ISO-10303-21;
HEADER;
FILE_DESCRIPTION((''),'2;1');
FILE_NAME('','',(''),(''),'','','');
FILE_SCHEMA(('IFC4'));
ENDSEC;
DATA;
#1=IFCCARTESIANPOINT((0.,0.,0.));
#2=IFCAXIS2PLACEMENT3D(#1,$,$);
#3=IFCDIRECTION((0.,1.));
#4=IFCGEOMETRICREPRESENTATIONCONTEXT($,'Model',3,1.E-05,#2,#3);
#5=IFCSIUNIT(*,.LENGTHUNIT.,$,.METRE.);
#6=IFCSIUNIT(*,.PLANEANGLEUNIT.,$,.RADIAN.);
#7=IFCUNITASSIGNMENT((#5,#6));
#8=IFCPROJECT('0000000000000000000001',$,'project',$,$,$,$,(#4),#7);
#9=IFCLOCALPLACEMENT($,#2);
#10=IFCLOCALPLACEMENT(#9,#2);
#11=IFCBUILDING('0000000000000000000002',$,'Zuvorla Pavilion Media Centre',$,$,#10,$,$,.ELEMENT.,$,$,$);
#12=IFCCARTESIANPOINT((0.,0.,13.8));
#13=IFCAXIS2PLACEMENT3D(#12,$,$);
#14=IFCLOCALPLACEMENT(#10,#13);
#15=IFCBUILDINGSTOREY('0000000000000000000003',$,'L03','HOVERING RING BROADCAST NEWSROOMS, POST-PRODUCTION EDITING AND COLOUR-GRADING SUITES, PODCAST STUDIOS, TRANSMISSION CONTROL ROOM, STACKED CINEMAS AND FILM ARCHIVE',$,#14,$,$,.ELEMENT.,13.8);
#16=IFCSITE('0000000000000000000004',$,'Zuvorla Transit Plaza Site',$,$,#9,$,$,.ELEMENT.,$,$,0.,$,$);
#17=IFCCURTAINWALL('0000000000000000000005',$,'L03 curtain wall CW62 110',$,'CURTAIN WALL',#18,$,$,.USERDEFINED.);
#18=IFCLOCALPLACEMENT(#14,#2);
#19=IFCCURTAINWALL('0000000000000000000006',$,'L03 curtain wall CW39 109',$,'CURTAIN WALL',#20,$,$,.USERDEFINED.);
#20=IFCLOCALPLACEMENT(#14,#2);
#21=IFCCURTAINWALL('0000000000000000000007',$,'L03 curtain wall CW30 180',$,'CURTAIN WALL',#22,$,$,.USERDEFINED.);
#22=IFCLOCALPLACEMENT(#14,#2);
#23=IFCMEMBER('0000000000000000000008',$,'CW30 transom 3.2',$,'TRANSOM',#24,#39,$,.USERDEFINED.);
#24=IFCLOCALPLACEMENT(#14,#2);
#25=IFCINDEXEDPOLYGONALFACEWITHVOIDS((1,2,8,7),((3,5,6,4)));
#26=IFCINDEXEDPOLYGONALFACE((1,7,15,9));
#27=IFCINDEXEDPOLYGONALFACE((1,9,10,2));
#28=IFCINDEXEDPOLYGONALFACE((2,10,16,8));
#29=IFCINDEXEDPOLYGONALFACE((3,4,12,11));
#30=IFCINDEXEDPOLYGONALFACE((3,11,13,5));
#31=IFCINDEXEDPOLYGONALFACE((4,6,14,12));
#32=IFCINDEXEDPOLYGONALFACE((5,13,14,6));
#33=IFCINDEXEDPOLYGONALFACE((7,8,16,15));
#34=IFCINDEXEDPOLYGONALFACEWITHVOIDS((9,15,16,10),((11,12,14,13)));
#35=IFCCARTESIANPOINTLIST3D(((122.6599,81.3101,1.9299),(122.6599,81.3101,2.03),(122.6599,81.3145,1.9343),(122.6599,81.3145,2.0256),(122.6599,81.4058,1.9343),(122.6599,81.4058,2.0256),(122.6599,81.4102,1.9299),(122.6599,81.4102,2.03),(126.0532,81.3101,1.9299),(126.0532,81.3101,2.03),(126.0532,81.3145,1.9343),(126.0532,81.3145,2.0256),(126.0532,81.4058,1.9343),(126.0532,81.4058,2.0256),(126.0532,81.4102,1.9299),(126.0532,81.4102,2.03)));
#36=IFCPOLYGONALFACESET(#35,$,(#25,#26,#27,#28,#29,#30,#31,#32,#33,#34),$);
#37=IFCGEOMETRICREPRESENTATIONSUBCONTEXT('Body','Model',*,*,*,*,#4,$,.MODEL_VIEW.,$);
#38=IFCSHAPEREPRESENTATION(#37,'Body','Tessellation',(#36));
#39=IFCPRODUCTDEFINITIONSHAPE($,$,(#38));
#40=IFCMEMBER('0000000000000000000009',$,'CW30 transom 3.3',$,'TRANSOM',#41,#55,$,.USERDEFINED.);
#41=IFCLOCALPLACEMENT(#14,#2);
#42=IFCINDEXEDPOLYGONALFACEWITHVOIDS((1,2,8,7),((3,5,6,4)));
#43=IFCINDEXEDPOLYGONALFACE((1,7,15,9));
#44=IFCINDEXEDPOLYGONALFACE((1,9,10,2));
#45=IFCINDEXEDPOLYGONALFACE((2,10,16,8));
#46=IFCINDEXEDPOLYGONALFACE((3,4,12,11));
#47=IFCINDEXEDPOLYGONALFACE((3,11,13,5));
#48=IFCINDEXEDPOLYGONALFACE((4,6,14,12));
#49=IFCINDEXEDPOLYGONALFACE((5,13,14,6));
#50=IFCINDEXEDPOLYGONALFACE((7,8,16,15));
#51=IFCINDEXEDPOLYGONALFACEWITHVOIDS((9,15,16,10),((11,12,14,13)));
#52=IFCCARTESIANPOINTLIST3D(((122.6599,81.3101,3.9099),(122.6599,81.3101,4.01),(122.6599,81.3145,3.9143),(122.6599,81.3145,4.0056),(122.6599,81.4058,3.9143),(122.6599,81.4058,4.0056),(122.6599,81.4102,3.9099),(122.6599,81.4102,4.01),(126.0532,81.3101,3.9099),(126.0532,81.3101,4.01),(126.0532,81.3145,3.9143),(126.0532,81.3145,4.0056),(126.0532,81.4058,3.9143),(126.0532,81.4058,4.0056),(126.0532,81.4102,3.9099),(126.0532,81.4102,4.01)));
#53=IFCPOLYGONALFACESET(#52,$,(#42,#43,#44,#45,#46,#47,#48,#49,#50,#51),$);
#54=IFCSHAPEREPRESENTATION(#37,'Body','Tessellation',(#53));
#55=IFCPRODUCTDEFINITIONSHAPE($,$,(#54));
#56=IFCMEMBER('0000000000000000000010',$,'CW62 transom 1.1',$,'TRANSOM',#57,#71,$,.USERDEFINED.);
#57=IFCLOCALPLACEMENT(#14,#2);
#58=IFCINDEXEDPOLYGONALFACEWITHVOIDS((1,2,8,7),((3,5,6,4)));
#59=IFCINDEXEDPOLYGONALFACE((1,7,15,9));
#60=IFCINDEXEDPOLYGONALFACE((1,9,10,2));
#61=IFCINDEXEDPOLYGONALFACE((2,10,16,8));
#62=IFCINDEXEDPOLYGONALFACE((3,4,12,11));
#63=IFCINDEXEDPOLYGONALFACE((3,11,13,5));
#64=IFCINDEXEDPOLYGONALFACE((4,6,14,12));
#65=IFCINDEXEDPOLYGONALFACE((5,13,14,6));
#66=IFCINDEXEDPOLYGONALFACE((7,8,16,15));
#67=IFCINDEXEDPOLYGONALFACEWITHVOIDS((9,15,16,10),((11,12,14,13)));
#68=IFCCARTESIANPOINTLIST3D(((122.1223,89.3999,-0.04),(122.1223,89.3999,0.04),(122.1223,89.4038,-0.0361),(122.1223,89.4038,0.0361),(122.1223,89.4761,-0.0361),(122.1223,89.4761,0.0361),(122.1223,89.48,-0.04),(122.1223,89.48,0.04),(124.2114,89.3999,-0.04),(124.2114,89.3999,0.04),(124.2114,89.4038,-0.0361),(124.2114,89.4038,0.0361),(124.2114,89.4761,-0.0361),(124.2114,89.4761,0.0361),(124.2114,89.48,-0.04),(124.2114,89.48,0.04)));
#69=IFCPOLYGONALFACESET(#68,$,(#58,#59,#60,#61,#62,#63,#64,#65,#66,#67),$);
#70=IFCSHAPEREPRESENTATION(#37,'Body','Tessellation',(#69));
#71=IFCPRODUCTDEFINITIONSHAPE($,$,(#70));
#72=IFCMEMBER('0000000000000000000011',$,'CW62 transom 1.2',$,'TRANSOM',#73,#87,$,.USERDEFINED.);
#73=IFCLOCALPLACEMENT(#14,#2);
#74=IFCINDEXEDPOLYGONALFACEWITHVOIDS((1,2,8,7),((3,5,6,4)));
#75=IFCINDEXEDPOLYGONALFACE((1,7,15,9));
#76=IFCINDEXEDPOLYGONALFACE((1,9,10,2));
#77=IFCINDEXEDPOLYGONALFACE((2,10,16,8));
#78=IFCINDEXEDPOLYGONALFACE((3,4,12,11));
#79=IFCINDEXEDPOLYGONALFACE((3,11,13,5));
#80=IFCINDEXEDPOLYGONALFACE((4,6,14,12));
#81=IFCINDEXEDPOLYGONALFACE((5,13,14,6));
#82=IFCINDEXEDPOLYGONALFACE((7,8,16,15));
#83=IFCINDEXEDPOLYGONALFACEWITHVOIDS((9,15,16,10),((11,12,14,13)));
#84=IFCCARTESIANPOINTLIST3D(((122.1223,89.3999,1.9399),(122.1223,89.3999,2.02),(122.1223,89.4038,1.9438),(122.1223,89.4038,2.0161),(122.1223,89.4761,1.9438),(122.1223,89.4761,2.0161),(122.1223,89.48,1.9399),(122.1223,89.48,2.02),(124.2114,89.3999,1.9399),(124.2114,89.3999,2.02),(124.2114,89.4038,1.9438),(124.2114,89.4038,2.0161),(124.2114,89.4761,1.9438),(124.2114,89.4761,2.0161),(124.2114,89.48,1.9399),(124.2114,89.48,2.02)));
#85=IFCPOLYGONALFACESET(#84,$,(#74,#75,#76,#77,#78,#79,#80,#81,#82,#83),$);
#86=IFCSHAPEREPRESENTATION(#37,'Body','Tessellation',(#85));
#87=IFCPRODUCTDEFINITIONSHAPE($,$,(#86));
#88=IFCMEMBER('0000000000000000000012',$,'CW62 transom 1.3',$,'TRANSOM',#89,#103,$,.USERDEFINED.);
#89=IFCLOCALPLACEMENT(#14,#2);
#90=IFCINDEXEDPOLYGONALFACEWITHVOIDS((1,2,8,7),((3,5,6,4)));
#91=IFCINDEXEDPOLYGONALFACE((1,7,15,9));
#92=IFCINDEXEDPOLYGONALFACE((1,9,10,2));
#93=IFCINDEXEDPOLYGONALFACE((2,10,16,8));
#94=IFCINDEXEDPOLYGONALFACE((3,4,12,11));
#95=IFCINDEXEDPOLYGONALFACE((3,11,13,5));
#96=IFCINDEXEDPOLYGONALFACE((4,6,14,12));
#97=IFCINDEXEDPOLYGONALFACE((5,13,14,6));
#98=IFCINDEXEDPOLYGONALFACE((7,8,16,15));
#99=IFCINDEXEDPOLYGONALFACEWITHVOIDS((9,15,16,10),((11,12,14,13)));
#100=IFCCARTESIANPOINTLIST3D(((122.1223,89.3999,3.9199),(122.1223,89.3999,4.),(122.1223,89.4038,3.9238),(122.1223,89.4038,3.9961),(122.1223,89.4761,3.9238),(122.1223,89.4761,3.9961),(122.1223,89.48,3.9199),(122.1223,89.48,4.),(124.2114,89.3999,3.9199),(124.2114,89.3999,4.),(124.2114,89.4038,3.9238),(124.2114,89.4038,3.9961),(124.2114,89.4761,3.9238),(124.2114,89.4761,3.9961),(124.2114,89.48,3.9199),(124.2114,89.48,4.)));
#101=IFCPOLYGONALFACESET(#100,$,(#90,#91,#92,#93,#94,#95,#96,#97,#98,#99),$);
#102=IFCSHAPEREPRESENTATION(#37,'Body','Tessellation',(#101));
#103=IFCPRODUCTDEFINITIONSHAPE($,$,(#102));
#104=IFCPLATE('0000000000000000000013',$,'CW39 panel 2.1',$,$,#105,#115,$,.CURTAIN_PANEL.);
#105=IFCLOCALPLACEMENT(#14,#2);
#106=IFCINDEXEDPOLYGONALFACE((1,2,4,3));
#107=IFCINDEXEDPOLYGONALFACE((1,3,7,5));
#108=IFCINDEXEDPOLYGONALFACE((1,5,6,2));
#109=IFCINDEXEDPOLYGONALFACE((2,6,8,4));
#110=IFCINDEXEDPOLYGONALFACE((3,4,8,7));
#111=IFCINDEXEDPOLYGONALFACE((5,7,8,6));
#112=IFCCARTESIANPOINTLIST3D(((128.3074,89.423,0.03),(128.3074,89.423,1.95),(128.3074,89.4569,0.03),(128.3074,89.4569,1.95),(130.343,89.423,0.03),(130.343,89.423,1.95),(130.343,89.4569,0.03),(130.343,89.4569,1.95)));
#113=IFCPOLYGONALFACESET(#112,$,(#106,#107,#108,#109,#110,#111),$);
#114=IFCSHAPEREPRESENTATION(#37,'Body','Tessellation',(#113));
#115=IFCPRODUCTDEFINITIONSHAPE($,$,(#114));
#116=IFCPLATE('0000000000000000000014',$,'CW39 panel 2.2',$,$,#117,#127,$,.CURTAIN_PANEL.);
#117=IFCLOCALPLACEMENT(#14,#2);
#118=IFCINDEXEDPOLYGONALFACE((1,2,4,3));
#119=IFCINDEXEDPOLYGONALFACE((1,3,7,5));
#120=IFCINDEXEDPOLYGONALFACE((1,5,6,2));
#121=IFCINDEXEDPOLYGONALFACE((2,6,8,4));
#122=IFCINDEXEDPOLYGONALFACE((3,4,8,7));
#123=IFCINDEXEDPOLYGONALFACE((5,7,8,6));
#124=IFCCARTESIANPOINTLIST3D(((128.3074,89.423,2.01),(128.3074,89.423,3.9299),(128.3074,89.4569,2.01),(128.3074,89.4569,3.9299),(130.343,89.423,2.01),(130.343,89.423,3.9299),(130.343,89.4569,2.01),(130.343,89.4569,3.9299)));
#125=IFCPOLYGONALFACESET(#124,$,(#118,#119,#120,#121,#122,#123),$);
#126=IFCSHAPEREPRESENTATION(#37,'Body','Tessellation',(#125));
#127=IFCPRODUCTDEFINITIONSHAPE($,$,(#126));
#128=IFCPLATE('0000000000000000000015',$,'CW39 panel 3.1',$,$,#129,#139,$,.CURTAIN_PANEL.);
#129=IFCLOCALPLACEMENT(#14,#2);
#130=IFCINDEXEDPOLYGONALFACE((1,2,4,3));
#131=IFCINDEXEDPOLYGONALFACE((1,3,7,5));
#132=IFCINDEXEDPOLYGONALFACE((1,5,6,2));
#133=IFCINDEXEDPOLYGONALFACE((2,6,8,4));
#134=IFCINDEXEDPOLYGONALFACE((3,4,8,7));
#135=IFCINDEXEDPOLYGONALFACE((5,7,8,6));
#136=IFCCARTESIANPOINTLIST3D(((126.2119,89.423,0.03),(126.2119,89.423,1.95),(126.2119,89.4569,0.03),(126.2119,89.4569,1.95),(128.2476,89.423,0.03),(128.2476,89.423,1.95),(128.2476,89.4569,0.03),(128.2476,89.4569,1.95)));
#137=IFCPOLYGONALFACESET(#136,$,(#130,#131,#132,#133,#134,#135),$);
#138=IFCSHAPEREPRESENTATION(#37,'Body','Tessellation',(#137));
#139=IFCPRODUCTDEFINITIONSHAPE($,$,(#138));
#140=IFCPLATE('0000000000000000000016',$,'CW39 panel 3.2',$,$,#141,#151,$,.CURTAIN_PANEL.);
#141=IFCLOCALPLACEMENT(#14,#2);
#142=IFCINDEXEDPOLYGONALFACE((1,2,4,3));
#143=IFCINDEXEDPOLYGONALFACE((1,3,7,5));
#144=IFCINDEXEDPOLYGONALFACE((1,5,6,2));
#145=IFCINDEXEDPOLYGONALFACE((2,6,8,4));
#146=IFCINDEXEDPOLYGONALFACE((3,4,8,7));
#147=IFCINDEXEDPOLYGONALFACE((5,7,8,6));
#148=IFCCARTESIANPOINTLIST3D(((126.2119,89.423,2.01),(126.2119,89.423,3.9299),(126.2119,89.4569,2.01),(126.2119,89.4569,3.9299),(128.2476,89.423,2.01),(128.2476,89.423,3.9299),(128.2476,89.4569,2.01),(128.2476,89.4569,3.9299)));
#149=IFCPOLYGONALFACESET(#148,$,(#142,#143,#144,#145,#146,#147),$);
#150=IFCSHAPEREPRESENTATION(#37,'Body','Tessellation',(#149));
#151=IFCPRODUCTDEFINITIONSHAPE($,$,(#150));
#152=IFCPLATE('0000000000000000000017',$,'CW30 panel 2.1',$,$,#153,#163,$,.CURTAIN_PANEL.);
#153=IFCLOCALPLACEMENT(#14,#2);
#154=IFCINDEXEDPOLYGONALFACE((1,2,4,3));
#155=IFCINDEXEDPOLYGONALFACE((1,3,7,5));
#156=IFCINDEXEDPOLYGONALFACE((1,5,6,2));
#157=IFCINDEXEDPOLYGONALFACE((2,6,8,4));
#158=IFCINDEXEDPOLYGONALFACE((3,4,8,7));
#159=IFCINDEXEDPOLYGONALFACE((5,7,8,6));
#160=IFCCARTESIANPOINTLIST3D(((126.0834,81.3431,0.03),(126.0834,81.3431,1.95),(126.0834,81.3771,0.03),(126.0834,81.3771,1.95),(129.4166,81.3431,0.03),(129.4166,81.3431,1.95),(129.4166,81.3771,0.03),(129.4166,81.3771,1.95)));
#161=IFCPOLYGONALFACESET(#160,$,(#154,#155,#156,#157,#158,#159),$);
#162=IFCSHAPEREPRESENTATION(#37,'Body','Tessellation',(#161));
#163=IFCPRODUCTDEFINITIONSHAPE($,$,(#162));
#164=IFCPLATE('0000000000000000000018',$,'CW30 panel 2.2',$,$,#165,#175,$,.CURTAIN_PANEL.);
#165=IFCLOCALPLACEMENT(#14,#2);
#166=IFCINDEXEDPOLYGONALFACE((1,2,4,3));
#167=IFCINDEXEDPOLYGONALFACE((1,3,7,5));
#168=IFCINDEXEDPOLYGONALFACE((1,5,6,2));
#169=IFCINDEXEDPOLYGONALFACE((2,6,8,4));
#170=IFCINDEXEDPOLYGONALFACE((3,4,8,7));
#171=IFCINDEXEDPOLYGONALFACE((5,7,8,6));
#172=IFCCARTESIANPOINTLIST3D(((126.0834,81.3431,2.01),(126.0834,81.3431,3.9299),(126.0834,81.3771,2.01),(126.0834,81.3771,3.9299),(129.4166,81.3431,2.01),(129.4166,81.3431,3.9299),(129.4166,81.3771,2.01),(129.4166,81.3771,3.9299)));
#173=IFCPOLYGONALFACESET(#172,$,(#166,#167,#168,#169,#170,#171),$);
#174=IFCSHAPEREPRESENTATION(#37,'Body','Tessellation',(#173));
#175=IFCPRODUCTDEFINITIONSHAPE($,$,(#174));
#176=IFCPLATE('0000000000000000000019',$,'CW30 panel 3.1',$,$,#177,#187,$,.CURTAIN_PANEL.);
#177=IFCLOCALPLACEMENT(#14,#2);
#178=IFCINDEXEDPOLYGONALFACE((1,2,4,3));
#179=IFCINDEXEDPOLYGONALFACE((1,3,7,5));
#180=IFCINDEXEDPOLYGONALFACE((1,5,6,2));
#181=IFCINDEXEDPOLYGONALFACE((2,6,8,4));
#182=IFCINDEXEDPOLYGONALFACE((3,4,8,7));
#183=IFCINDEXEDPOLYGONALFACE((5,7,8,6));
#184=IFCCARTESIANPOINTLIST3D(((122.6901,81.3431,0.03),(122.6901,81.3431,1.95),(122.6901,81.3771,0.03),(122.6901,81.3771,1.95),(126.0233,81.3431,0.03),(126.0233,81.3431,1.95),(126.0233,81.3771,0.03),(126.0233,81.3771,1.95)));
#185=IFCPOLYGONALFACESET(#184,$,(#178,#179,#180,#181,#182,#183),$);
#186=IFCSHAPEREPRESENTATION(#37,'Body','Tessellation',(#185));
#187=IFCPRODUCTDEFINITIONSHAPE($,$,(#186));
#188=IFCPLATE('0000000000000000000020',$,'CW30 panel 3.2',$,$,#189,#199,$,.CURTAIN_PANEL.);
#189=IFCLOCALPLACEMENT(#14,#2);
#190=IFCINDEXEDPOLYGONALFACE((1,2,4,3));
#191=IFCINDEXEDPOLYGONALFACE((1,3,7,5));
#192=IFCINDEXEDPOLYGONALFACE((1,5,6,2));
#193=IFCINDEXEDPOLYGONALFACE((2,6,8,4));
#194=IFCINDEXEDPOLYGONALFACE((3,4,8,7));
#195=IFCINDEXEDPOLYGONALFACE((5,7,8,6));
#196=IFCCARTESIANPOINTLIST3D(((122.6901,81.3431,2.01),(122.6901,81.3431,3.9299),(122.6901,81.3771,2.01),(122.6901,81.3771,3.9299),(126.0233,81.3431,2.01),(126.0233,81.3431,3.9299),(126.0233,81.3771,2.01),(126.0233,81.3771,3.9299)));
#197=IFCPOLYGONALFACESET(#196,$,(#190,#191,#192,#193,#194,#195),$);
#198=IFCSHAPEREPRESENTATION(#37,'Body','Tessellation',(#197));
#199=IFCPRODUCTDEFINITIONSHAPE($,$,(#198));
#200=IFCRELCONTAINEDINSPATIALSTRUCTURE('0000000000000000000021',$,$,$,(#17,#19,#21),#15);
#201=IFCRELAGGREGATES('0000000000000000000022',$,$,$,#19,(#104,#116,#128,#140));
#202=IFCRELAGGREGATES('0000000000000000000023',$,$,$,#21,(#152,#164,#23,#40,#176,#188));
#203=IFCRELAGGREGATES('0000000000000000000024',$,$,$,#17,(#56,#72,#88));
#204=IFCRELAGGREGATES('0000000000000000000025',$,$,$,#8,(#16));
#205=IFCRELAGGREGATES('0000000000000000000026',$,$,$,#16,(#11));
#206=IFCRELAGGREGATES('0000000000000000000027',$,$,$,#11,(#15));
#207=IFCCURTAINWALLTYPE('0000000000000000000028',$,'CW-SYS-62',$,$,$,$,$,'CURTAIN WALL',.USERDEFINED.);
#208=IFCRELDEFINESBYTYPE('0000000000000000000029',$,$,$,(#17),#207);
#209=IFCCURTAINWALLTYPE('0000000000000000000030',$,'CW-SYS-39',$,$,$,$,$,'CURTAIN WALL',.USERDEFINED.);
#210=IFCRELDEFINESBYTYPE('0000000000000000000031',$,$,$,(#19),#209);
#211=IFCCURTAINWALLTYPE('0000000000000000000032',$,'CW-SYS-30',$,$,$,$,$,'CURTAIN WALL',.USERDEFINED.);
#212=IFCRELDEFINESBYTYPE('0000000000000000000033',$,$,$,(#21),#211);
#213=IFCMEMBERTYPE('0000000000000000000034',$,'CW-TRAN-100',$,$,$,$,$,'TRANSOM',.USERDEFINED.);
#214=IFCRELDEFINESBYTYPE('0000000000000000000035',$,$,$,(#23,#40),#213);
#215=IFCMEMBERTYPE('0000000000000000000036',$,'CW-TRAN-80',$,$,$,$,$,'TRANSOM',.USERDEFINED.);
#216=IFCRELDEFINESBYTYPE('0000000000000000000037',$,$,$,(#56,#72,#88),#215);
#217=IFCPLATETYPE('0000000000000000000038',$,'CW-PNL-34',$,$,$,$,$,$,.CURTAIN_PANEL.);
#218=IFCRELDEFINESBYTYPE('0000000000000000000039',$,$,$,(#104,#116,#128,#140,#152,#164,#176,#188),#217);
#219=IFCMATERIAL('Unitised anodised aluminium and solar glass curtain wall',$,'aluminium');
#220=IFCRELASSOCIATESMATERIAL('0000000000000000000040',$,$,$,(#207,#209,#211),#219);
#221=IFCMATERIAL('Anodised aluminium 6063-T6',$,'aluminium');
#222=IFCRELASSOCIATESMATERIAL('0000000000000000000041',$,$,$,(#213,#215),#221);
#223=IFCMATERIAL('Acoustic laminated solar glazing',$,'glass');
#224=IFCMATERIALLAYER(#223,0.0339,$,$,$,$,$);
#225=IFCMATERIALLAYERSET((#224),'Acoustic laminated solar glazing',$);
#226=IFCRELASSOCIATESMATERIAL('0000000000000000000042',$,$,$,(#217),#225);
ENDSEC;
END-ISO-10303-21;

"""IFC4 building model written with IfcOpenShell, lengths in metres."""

from ifc_helpers import new_model, si_unit, direction, frame, origin, origin_2d, place, context, subcontext, project, spatial, rectangle, hollow_rectangle, extrude, material, layer, layer_set, material_profile, profile_set, type_object, element, aggregate, save


model = new_model("IFC4")

# Units and contexts
model_context = context("Model", 3, precision=1e-05, world=origin(), true_north=direction((0.0, 1.0)))
body_context = subcontext(model_context, "Body", "Model", "MODEL_VIEW")
ifc_project = project(units=[si_unit("LENGTHUNIT", "METRE"), si_unit("PLANEANGLEUNIT", "RADIAN")], contexts=[model_context])

# Site, building, storey
site_placement = place(None, origin())
site = spatial("IfcSite", under=ifc_project, at=site_placement, Name="Zuvorla Transit Plaza Site", CompositionType="ELEMENT", RefElevation=0.0)
building_placement = place(site_placement, origin())
building = spatial("IfcBuilding", under=site, at=building_placement, Name="Zuvorla Pavilion Media Centre", CompositionType="ELEMENT")
storey_placement = place(building_placement, frame((0.0, 0.0, 13.8)))
storey = spatial("IfcBuildingStorey", under=building, at=storey_placement, Name="L03", Description="HOVERING RING BROADCAST NEWSROOMS, POST-PRODUCTION EDITING AND COLOUR-GRADING SUITES, PODCAST STUDIOS, TRANSMISSION CONTROL ROOM, STACKED CINEMAS AND FILM ARCHIVE", CompositionType="ELEMENT", Elevation=13.8)

# Curtain wall
ifc_material_1 = material(Name="Unitised anodised aluminium and solar glass curtain wall", Category="aluminium")
curtain_wall_type_1 = type_object("IfcCurtainWallType", Name="CW-SYS-62", ElementType="CURTAIN WALL", PredefinedType="USERDEFINED", material=ifc_material_1)
curtain_wall_1_placement = place(storey_placement, origin())
curtain_wall_1 = element("IfcCurtainWall", 1, at=curtain_wall_1_placement, inside=storey, type_object=curtain_wall_type_1, Name="L03 curtain wall CW62 110", ObjectType="CURTAIN WALL", PredefinedType="USERDEFINED")
ifc_material_2 = material(Name="Anodised aluminium 6063-T6", Category="aluminium")

# Curtain walls
curtain_wall_type_2 = type_object("IfcCurtainWallType", Name="CW-SYS-39", ElementType="CURTAIN WALL", PredefinedType="USERDEFINED", material=ifc_material_1)
curtain_wall_2_placement = place(storey_placement, origin())
curtain_wall_2 = element("IfcCurtainWall", 2, at=curtain_wall_2_placement, inside=storey, type_object=curtain_wall_type_2, Name="L03 curtain wall CW39 109", ObjectType="CURTAIN WALL", PredefinedType="USERDEFINED")
curtain_wall_type_3 = type_object("IfcCurtainWallType", Name="CW-SYS-30", ElementType="CURTAIN WALL", PredefinedType="USERDEFINED", material=ifc_material_1)
curtain_wall_3_placement = place(storey_placement, origin())
curtain_wall_3 = element("IfcCurtainWall", 3, at=curtain_wall_3_placement, inside=storey, type_object=curtain_wall_type_3, Name="L03 curtain wall CW30 180", ObjectType="CURTAIN WALL", PredefinedType="USERDEFINED")

# Members
ifc_material_profile_1 = material_profile(ifc_material_2, hollow_rectangle(XDim=0.1001, YDim=0.1001, WallThickness=0.0044, at=origin_2d()), Name="ALU TRAN 100x100")
ifc_profile_set_1 = profile_set([ifc_material_profile_1], Name="Anodised aluminium 6063-T6")
member_type_1 = type_object("IfcMemberType", Name="CW-TRAN-100", ElementType="TRANSOM", PredefinedType="USERDEFINED", material=ifc_profile_set_1)
member_1_placement = place(storey_placement, frame((126.0532, 81.3601, 1.98), z_axis=(-1.0, 0.0, 0.0), x_axis=(0.0, -1.0, 0.0)))
member_1 = element("IfcMember", 4, at=member_1_placement, type_object=member_type_1, Name="CW30 transom 3.2", ObjectType="TRANSOM", PredefinedType="USERDEFINED", context=body_context, shape_type="SweptSolid", body=[
    extrude(hollow_rectangle(XDim=0.1001, YDim=0.1001, WallThickness=0.0044, at=origin_2d()), origin(), (0.0, 0.0, 1.0), 3.3933),
])
member_2_placement = place(storey_placement, frame((126.0532, 81.3601, 3.96), z_axis=(-1.0, 0.0, 0.0), x_axis=(0.0, -1.0, 0.0)))
member_2 = element("IfcMember", 5, at=member_2_placement, type_object=member_type_1, Name="CW30 transom 3.3", ObjectType="TRANSOM", PredefinedType="USERDEFINED", context=body_context, shape_type="SweptSolid", body=[
    extrude(hollow_rectangle(XDim=0.1001, YDim=0.1001, WallThickness=0.0044, at=origin_2d()), origin(), (0.0, 0.0, 1.0), 3.3933),
])
ifc_material_profile_2 = material_profile(ifc_material_2, hollow_rectangle(XDim=0.0801, YDim=0.0801, WallThickness=0.0039, at=origin_2d()), Name="ALU TRAN 80x80")
ifc_profile_set_2 = profile_set([ifc_material_profile_2], Name="Anodised aluminium 6063-T6")
member_type_2 = type_object("IfcMemberType", Name="CW-TRAN-80", ElementType="TRANSOM", PredefinedType="USERDEFINED", material=ifc_profile_set_2)
member_3_placement = place(storey_placement, frame((124.2114, 89.4399, 0.0), z_axis=(-1.0, 0.0, 0.0), x_axis=(0.0, -1.0, 0.0)))
member_3 = element("IfcMember", 6, at=member_3_placement, type_object=member_type_2, Name="CW62 transom 1.1", ObjectType="TRANSOM", PredefinedType="USERDEFINED", context=body_context, shape_type="SweptSolid", body=[
    extrude(hollow_rectangle(XDim=0.0801, YDim=0.0801, WallThickness=0.0039, at=origin_2d()), origin(), (0.0, 0.0, 1.0), 2.0891),
])
member_4_placement = place(storey_placement, frame((124.2114, 89.4399, 1.98), z_axis=(-1.0, 0.0, 0.0), x_axis=(0.0, -1.0, 0.0)))
member_4 = element("IfcMember", 7, at=member_4_placement, type_object=member_type_2, Name="CW62 transom 1.2", ObjectType="TRANSOM", PredefinedType="USERDEFINED", context=body_context, shape_type="SweptSolid", body=[
    extrude(hollow_rectangle(XDim=0.0801, YDim=0.0801, WallThickness=0.0039, at=origin_2d()), origin(), (0.0, 0.0, 1.0), 2.0891),
])
member_5_placement = place(storey_placement, frame((124.2114, 89.4399, 3.96), z_axis=(-1.0, 0.0, 0.0), x_axis=(0.0, -1.0, 0.0)))
member_5 = element("IfcMember", 8, at=member_5_placement, type_object=member_type_2, Name="CW62 transom 1.3", ObjectType="TRANSOM", PredefinedType="USERDEFINED", context=body_context, shape_type="SweptSolid", body=[
    extrude(hollow_rectangle(XDim=0.0801, YDim=0.0801, WallThickness=0.0039, at=origin_2d()), origin(), (0.0, 0.0, 1.0), 2.0891),
])

# Plates
ifc_material_3 = material(Name="Acoustic laminated solar glazing", Category="glass")
ifc_layer_1 = layer(ifc_material_3, 0.0339)
ifc_layer_set_1 = layer_set([ifc_layer_1], Name="Acoustic laminated solar glazing")
plate_type_1 = type_object("IfcPlateType", Name="CW-PNL-34", PredefinedType="CURTAIN_PANEL", material=ifc_layer_set_1)
plate_1_placement = place(storey_placement, frame((129.3252, 89.4399, 0.03), z_axis=(0.0, 0.0, 1.0), x_axis=(-1.0, 0.0, 0.0)))
plate_1 = element("IfcPlate", 9, at=plate_1_placement, type_object=plate_type_1, Name="CW39 panel 2.1", PredefinedType="CURTAIN_PANEL", context=body_context, shape_type="SweptSolid", body=[
    extrude(rectangle(XDim=2.0356, YDim=0.0339, at=origin_2d()), origin(), (0.0, 0.0, 1.0), 1.9199),
])
plate_2_placement = place(storey_placement, frame((129.3252, 89.4399, 2.01), z_axis=(0.0, 0.0, 1.0), x_axis=(-1.0, 0.0, 0.0)))
plate_2 = element("IfcPlate", 10, at=plate_2_placement, type_object=plate_type_1, Name="CW39 panel 2.2", PredefinedType="CURTAIN_PANEL", context=body_context, shape_type="SweptSolid", body=[
    extrude(rectangle(XDim=2.0356, YDim=0.0339, at=origin_2d()), origin(), (0.0, 0.0, 1.0), 1.9199),
])
plate_3_placement = place(storey_placement, frame((127.2297, 89.4399, 0.03), z_axis=(0.0, 0.0, 1.0), x_axis=(-1.0, 0.0, 0.0)))
plate_3 = element("IfcPlate", 11, at=plate_3_placement, type_object=plate_type_1, Name="CW39 panel 3.1", PredefinedType="CURTAIN_PANEL", context=body_context, shape_type="SweptSolid", body=[
    extrude(rectangle(XDim=2.0356, YDim=0.0339, at=origin_2d()), origin(), (0.0, 0.0, 1.0), 1.9199),
])
plate_4_placement = place(storey_placement, frame((127.2297, 89.4399, 2.01), z_axis=(0.0, 0.0, 1.0), x_axis=(-1.0, 0.0, 0.0)))
plate_4 = element("IfcPlate", 12, at=plate_4_placement, type_object=plate_type_1, Name="CW39 panel 3.2", PredefinedType="CURTAIN_PANEL", context=body_context, shape_type="SweptSolid", body=[
    extrude(rectangle(XDim=2.0356, YDim=0.0339, at=origin_2d()), origin(), (0.0, 0.0, 1.0), 1.9199),
])
aggregate(curtain_wall_2, [plate_1, plate_2, plate_3, plate_4])
plate_5_placement = place(storey_placement, frame((127.75, 81.3601, 0.03), z_axis=(0.0, 0.0, 1.0), x_axis=(-1.0, 0.0, 0.0)))
plate_5 = element("IfcPlate", 13, at=plate_5_placement, type_object=plate_type_1, Name="CW30 panel 2.1", PredefinedType="CURTAIN_PANEL", context=body_context, shape_type="SweptSolid", body=[
    extrude(rectangle(XDim=3.3333, YDim=0.0339, at=origin_2d()), origin(), (0.0, 0.0, 1.0), 1.9199),
])
plate_6_placement = place(storey_placement, frame((127.75, 81.3601, 2.01), z_axis=(0.0, 0.0, 1.0), x_axis=(-1.0, 0.0, 0.0)))
plate_6 = element("IfcPlate", 14, at=plate_6_placement, type_object=plate_type_1, Name="CW30 panel 2.2", PredefinedType="CURTAIN_PANEL", context=body_context, shape_type="SweptSolid", body=[
    extrude(rectangle(XDim=3.3333, YDim=0.0339, at=origin_2d()), origin(), (0.0, 0.0, 1.0), 1.9199),
])
plate_7_placement = place(storey_placement, frame((124.3567, 81.3601, 0.03), z_axis=(0.0, 0.0, 1.0), x_axis=(-1.0, 0.0, 0.0)))
plate_7 = element("IfcPlate", 15, at=plate_7_placement, type_object=plate_type_1, Name="CW30 panel 3.1", PredefinedType="CURTAIN_PANEL", context=body_context, shape_type="SweptSolid", body=[
    extrude(rectangle(XDim=3.3333, YDim=0.0339, at=origin_2d()), origin(), (0.0, 0.0, 1.0), 1.9199),
])
plate_8_placement = place(storey_placement, frame((124.3567, 81.3601, 2.01), z_axis=(0.0, 0.0, 1.0), x_axis=(-1.0, 0.0, 0.0)))
plate_8 = element("IfcPlate", 16, at=plate_8_placement, type_object=plate_type_1, Name="CW30 panel 3.2", PredefinedType="CURTAIN_PANEL", context=body_context, shape_type="SweptSolid", body=[
    extrude(rectangle(XDim=3.3333, YDim=0.0339, at=origin_2d()), origin(), (0.0, 0.0, 1.0), 1.9199),
])
aggregate(curtain_wall_3, [plate_5, plate_6, member_1, member_2, plate_7, plate_8])
aggregate(curtain_wall_1, [member_3, member_4, member_5])

save(model, "model.ifc")
